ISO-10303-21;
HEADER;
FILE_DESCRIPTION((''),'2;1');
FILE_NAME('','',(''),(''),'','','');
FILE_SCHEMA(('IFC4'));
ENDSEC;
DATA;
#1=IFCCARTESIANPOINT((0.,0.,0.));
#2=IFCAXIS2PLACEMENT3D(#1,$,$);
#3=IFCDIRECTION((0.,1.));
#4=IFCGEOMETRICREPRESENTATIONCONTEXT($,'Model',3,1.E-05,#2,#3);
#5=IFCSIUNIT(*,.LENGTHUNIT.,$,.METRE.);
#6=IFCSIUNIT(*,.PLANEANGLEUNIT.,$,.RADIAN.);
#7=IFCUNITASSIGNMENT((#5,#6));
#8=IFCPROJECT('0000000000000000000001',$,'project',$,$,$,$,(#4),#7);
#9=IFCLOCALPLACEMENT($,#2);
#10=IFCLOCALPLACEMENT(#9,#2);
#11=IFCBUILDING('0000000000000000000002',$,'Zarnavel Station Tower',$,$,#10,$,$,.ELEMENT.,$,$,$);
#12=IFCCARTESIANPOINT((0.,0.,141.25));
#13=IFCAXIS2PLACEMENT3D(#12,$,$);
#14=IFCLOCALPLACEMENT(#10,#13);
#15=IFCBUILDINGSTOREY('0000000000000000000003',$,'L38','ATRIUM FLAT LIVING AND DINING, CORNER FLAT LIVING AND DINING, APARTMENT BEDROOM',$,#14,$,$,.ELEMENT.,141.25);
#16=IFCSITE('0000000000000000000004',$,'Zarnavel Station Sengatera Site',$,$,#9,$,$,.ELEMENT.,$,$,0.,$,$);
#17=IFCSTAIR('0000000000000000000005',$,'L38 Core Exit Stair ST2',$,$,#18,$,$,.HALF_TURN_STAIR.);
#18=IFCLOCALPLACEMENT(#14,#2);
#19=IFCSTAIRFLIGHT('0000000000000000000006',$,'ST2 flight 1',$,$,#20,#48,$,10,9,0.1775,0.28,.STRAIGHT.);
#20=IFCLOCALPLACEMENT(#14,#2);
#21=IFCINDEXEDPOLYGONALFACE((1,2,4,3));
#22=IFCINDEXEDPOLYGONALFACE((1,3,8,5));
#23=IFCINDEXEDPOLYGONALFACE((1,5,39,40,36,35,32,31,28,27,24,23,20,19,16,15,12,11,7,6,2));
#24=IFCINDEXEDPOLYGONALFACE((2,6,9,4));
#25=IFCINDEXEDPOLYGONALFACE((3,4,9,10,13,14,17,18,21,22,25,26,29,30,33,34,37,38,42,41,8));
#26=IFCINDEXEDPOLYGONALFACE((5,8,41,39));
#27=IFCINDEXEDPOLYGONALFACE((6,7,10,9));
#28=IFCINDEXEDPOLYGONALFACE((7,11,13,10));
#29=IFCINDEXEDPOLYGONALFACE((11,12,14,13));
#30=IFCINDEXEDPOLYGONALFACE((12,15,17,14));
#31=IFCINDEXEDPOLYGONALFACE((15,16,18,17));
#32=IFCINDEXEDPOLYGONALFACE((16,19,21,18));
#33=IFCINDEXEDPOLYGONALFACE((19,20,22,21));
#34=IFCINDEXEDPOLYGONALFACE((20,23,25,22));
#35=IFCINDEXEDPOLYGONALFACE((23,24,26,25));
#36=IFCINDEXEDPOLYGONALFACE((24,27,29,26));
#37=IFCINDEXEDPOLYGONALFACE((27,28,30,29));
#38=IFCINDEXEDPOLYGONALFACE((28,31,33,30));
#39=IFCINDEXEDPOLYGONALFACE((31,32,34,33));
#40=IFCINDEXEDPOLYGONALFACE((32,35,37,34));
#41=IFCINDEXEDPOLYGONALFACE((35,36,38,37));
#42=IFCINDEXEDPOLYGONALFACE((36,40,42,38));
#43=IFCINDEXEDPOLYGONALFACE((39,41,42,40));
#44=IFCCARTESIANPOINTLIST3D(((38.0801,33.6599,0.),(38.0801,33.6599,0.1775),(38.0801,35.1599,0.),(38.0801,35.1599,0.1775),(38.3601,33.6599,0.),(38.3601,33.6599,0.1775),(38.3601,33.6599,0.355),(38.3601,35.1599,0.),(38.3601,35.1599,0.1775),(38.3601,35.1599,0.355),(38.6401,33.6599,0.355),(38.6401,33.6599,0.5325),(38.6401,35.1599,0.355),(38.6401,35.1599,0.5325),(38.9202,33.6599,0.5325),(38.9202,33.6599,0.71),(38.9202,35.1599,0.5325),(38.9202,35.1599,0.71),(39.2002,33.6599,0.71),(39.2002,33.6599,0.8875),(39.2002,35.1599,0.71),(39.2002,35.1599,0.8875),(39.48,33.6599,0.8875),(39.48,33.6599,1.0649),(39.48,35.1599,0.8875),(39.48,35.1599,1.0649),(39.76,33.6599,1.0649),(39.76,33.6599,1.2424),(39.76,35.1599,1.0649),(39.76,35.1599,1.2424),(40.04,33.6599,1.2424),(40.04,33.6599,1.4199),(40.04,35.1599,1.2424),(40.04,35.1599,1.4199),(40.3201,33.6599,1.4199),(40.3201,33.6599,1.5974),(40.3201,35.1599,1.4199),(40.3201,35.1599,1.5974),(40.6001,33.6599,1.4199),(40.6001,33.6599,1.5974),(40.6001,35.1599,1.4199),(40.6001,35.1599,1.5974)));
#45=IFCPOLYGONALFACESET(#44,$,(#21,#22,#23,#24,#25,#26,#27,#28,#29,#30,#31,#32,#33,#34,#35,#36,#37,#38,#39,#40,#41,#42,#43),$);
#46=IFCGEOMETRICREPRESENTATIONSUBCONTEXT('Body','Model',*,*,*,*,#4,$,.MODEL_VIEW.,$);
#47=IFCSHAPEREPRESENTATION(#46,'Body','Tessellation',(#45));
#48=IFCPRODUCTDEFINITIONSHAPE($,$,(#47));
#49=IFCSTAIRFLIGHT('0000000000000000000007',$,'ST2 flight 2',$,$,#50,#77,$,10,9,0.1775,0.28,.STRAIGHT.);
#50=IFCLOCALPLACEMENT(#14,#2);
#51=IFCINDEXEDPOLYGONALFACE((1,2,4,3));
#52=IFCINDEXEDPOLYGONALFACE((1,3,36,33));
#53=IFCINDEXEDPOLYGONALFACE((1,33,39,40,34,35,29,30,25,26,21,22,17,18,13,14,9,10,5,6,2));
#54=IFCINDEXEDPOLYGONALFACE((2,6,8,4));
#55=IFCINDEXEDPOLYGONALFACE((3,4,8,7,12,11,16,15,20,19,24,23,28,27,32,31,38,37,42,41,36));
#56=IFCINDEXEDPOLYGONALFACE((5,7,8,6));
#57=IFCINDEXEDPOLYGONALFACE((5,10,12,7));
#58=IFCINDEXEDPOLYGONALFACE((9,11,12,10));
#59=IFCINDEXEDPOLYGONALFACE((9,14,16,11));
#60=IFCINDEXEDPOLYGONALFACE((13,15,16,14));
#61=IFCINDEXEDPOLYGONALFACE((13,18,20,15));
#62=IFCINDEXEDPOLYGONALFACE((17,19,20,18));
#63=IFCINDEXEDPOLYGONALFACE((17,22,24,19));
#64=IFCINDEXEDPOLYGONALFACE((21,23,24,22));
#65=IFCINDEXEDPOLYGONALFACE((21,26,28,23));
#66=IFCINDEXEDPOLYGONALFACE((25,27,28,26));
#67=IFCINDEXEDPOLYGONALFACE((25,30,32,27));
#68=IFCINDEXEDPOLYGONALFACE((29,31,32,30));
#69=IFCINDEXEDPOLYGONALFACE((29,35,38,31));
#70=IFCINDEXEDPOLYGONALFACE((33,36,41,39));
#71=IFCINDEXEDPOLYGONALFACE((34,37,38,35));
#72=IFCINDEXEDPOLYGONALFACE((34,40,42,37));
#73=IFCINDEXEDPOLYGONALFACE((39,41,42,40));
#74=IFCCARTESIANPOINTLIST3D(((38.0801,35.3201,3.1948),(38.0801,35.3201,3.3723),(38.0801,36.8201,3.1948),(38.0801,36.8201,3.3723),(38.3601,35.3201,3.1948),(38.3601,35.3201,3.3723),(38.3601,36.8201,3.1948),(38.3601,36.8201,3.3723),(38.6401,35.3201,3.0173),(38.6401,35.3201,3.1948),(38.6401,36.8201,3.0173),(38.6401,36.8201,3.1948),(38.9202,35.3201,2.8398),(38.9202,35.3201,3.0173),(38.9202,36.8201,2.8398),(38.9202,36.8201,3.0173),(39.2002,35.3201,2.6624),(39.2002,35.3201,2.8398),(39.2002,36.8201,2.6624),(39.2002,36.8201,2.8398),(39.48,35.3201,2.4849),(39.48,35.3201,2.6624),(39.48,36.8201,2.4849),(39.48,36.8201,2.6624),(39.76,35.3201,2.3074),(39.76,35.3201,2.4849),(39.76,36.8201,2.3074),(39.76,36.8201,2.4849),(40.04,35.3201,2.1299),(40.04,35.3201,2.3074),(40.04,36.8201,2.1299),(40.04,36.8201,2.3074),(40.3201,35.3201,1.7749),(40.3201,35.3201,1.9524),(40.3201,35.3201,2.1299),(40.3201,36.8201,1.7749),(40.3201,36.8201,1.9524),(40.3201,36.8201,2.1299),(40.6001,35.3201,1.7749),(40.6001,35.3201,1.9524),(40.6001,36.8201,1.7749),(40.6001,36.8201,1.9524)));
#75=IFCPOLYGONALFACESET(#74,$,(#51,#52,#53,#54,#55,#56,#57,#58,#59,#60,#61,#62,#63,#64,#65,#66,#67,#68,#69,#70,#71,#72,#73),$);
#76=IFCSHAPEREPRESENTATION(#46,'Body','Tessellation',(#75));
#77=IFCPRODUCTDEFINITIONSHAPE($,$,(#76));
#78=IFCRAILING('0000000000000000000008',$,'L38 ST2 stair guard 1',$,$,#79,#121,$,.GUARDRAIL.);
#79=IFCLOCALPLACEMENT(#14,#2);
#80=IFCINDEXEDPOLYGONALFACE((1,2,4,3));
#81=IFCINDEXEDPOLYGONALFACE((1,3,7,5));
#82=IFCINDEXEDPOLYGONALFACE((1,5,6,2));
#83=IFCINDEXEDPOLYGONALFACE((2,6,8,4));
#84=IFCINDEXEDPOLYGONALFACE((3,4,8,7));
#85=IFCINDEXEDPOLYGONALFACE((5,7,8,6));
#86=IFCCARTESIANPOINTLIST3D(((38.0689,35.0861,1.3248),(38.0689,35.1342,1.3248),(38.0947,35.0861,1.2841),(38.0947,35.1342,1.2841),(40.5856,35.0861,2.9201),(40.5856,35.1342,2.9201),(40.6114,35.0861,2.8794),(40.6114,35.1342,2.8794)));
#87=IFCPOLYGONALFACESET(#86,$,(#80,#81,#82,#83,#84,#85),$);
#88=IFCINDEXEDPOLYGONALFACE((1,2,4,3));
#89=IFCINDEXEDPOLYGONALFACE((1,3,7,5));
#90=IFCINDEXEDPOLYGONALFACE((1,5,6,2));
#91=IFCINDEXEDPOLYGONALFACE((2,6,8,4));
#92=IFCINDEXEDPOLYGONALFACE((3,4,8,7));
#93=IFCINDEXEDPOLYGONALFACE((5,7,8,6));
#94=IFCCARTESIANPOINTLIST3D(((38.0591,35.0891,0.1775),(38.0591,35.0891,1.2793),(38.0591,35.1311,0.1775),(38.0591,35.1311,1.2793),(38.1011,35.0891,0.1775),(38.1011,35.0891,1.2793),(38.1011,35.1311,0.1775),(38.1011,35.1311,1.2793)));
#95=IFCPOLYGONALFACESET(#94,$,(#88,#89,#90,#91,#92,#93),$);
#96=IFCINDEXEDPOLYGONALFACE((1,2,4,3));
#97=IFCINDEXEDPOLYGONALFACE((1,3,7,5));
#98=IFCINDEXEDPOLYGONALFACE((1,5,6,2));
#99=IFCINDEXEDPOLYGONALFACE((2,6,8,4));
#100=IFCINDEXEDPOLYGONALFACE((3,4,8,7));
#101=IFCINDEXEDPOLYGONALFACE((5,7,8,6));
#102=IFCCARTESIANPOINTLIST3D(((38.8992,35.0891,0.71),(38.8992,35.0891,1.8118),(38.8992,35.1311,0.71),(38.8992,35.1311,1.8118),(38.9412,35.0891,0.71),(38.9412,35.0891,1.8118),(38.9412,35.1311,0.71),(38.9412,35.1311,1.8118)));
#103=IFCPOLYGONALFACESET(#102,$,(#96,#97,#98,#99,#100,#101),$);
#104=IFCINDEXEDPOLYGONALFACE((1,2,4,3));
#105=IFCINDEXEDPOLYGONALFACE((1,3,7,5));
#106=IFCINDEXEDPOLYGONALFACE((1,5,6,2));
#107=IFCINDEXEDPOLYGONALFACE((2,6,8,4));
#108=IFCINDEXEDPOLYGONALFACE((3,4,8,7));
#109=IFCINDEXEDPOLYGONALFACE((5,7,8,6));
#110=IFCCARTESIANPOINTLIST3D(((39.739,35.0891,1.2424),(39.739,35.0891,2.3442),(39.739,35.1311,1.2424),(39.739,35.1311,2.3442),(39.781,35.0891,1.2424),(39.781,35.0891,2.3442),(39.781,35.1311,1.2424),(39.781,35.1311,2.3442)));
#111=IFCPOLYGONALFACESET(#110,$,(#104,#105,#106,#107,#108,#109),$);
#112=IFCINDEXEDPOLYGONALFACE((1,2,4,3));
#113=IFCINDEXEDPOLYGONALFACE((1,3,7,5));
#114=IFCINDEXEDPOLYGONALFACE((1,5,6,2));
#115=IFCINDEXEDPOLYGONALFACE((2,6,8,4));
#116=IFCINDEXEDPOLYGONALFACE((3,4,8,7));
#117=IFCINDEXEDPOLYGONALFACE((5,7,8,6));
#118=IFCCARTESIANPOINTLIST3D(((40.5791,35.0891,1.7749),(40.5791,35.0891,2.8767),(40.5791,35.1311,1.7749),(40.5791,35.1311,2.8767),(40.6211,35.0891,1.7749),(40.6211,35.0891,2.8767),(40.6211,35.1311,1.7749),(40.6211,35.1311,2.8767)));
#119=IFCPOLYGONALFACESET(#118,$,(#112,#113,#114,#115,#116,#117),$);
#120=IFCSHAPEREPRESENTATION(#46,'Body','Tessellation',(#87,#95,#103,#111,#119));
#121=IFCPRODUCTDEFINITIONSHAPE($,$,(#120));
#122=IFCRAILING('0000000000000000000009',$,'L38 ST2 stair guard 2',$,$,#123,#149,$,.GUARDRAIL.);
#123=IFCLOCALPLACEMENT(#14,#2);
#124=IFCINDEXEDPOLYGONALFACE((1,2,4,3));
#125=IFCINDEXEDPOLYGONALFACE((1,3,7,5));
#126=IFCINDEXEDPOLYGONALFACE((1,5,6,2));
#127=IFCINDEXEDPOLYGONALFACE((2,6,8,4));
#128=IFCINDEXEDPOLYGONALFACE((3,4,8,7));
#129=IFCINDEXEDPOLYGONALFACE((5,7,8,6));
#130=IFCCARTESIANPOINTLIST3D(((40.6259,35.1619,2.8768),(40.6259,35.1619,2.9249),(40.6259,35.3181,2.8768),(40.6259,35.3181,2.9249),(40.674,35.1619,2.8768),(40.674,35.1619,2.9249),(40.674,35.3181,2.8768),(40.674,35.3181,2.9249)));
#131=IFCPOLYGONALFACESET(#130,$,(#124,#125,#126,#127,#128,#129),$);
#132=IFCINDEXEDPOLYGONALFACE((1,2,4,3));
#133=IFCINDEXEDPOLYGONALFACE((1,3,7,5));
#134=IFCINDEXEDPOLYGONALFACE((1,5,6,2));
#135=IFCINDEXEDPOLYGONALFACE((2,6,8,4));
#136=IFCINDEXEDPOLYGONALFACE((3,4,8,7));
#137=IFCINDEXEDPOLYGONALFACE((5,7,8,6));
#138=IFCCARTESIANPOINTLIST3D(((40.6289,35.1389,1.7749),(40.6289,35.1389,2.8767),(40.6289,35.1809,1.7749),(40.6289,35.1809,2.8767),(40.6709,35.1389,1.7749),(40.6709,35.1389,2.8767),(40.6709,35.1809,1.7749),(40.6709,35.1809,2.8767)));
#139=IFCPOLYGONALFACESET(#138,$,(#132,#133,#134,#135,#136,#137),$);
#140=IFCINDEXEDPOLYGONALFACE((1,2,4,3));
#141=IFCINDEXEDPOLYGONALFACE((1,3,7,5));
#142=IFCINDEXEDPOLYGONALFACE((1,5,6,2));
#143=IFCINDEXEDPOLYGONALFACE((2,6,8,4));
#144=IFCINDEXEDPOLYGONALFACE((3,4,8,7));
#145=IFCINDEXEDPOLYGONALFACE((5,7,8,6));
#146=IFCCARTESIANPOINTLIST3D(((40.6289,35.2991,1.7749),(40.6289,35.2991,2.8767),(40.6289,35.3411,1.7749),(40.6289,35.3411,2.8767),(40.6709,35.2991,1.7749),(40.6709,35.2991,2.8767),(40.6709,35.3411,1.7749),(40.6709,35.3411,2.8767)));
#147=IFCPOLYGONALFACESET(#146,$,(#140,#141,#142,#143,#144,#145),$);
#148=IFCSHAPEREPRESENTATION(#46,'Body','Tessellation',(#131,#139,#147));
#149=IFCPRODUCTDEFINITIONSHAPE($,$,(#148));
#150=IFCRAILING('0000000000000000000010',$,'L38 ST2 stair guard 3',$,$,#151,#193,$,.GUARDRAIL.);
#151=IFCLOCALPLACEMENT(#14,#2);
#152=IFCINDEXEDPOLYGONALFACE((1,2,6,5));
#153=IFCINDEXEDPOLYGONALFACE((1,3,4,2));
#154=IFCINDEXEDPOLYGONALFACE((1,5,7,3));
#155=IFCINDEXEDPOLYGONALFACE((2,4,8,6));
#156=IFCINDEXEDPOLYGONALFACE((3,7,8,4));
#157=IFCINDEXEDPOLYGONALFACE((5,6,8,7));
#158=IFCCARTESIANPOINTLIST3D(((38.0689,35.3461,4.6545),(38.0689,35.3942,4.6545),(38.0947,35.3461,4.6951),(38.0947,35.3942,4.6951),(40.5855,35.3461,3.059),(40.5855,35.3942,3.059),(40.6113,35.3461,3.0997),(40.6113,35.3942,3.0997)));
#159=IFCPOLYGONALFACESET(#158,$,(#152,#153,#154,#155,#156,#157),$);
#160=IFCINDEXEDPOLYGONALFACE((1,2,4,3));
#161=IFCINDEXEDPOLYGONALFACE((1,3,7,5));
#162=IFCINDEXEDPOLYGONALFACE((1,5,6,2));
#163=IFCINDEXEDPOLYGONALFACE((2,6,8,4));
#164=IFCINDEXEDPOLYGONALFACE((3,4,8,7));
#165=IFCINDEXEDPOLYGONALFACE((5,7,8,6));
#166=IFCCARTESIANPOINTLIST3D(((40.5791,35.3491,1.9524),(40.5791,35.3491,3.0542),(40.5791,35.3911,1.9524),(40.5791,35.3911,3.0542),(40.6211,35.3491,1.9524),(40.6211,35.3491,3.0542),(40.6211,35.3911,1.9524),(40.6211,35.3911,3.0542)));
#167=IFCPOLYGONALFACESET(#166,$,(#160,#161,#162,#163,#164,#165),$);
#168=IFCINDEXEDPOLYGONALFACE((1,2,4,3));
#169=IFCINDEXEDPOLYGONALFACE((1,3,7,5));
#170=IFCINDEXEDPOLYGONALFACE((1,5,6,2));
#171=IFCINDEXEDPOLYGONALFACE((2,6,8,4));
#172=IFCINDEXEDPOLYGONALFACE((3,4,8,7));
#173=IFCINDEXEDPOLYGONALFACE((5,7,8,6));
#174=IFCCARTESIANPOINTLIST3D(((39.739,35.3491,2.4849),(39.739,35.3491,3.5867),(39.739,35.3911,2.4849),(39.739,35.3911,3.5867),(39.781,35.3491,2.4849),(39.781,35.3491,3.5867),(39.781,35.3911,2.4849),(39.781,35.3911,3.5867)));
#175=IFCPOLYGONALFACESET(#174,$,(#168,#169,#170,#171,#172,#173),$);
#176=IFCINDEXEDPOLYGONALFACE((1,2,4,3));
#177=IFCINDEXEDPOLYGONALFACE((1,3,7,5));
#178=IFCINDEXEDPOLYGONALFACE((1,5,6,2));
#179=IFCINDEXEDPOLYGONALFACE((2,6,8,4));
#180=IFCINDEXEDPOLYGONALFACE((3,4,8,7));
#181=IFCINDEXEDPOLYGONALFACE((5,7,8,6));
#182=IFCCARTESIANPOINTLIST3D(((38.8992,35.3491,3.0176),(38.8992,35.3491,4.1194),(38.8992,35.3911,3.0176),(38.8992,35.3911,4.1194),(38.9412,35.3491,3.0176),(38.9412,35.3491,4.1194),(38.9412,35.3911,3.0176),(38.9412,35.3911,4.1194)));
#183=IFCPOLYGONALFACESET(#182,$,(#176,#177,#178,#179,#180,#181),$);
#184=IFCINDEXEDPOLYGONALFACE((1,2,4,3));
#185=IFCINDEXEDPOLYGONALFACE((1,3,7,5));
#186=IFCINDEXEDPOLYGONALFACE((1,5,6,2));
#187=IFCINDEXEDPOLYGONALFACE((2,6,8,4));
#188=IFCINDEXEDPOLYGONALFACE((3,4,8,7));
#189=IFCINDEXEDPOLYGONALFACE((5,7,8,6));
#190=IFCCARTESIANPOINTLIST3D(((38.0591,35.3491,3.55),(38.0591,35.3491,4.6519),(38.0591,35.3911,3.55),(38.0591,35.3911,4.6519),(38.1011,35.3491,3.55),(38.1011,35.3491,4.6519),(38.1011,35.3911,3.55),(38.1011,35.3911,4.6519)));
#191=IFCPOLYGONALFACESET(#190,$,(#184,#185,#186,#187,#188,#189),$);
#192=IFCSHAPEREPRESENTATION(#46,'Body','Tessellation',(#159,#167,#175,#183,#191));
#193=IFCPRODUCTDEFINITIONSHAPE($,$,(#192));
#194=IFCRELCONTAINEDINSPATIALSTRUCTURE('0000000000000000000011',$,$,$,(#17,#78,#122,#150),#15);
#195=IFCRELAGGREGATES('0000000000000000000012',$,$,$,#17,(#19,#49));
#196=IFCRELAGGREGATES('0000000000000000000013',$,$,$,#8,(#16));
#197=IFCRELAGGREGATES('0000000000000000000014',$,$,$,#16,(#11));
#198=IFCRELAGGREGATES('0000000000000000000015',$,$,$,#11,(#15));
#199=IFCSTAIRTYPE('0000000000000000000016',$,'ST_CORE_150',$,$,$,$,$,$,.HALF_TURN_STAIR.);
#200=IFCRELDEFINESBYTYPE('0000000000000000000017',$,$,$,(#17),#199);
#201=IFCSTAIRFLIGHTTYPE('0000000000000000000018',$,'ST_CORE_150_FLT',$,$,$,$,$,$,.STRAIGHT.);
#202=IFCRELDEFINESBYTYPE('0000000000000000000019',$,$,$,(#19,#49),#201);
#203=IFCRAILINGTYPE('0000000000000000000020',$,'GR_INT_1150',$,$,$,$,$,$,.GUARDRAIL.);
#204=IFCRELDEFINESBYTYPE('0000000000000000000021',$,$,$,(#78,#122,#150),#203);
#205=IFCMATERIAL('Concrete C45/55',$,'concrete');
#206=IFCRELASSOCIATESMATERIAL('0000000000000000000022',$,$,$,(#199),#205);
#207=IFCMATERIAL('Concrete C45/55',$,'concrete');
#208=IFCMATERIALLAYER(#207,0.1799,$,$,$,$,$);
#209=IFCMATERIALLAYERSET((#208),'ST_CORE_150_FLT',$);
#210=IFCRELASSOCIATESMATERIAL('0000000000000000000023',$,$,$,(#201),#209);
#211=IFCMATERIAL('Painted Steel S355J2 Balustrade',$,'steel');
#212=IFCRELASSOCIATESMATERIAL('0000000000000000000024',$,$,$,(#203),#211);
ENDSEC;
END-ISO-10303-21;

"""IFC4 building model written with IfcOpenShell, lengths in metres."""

from ifc_helpers import new_model, si_unit, direction, frame, origin, origin_2d, place, context, subcontext, project, spatial, polyline, rectangle, outline, extrude, material, layer, layer_set, type_object, element, aggregate, save


model = new_model("IFC4")

# Units and contexts
model_context = context("Model", 3, precision=1e-05, world=origin(), true_north=direction((0.0, 1.0)))
body_context = subcontext(model_context, "Body", "Model", "MODEL_VIEW")
ifc_project = project(units=[si_unit("LENGTHUNIT", "METRE"), si_unit("PLANEANGLEUNIT", "RADIAN")], contexts=[model_context])

# Site, building, storey
site_placement = place(None, origin())
site = spatial("IfcSite", under=ifc_project, at=site_placement, Name="Zarnavel Station Sengatera Site", CompositionType="ELEMENT", RefElevation=0.0)
building_placement = place(site_placement, origin())
building = spatial("IfcBuilding", under=site, at=building_placement, Name="Zarnavel Station Tower", CompositionType="ELEMENT")
storey_placement = place(building_placement, frame((0.0, 0.0, 141.25)))
storey = spatial("IfcBuildingStorey", under=building, at=storey_placement, Name="L38", Description="ATRIUM FLAT LIVING AND DINING, CORNER FLAT LIVING AND DINING, APARTMENT BEDROOM", CompositionType="ELEMENT", Elevation=141.25)

# Stair, stair flights
ifc_material_1 = material(Name="Concrete C45/55", Category="concrete")
stair_type = type_object("IfcStairType", Name="ST_CORE_150", PredefinedType="HALF_TURN_STAIR", material=ifc_material_1)
stair_placement = place(storey_placement, origin())
stair = element("IfcStair", 1, at=stair_placement, inside=storey, type_object=stair_type, Name="L38 Core Exit Stair ST2", PredefinedType="HALF_TURN_STAIR")
ifc_material_2 = material(Name="Concrete C45/55", Category="concrete")
ifc_layer_1 = layer(ifc_material_2, 0.1799)
ifc_layer_set_1 = layer_set([ifc_layer_1], Name="ST_CORE_150_FLT")
stair_flight_type = type_object("IfcStairFlightType", Name="ST_CORE_150_FLT", PredefinedType="STRAIGHT", material=ifc_layer_set_1)
stair_flight_1_placement = place(storey_placement, frame((38.0801, 34.4099, 0.0), z_axis=(0.0, 0.0, 1.0), x_axis=(1.0, 0.0, 0.0)))
stair_flight_1 = element("IfcStairFlight", 2, at=stair_flight_1_placement, type_object=stair_flight_type, Name="ST2 flight 1", NumberOfRisers=10, NumberOfTreads=9, PredefinedType="STRAIGHT", RiserHeight=0.1775, TreadLength=0.28, context=body_context, shape_type="SweptSolid", body=[
    extrude(outline(polyline([(0.0, 0.0), (0.0, 0.1775), (0.28, 0.1775), (0.28, 0.355), (0.5601, 0.355), (0.5601, 0.5325), (0.8401, 0.5325), (0.8401, 0.71), (1.1201, 0.71), (1.1201, 0.8875), (1.3999, 0.8875), (1.3999, 1.0649), (1.6799, 1.0649), (1.6799, 1.2424), (1.96, 1.2424), (1.96, 1.4199), (2.24, 1.4199), (2.24, 1.5974), (2.52, 1.5974), (2.52, 1.7749), (2.52, 1.4199), (0.28, 0.0), (0.0, 0.0)])), frame((0.0, 0.75, 0.0), z_axis=(0.0, -1.0, 0.0), x_axis=(1.0, 0.0, 0.0)), (0.0, 0.0, 1.0), 1.5),
])
stair_flight_2_placement = place(storey_placement, frame((40.6001, 36.0701, 1.7749), z_axis=(0.0, 0.0, 1.0), x_axis=(-1.0, 0.0, 0.0)))
stair_flight_2 = element("IfcStairFlight", 3, at=stair_flight_2_placement, type_object=stair_flight_type, Name="ST2 flight 2", NumberOfRisers=10, NumberOfTreads=9, PredefinedType="STRAIGHT", RiserHeight=0.1775, TreadLength=0.28, context=body_context, shape_type="SweptSolid", body=[
    extrude(outline(polyline([(0.0, 0.0), (0.0, 0.1775), (0.28, 0.1775), (0.28, 0.355), (0.5601, 0.355), (0.5601, 0.5325), (0.8401, 0.5325), (0.8401, 0.71), (1.1201, 0.71), (1.1201, 0.8875), (1.3999, 0.8875), (1.3999, 1.0649), (1.6799, 1.0649), (1.6799, 1.2424), (1.96, 1.2424), (1.96, 1.4199), (2.24, 1.4199), (2.24, 1.5974), (2.52, 1.5974), (2.52, 1.7749), (2.52, 1.4199), (0.28, 0.0), (0.0, 0.0)])), frame((0.0, 0.75, 0.0), z_axis=(0.0, -1.0, 0.0), x_axis=(1.0, 0.0, 0.0)), (0.0, 0.0, 1.0), 1.5),
])
aggregate(stair, [stair_flight_1, stair_flight_2])

# Railings
ifc_material_3 = material(Name="Painted Steel S355J2 Balustrade", Category="steel")
railing_type_1 = type_object("IfcRailingType", Name="GR_INT_1150", PredefinedType="GUARDRAIL", material=ifc_material_3)
railing_1_placement = place(storey_placement, frame((38.0801, 35.1101, 0.1775)))
element("IfcRailing", 4, at=railing_1_placement, inside=storey, type_object=railing_type_1, Name="L38 ST2 stair guard 1", PredefinedType="GUARDRAIL", context=body_context, shape_type="SweptSolid", body=[
    extrude(rectangle(XDim=0.0481, YDim=0.0481, at=origin_2d()), frame((0.0017, 0.0, 1.127), z_axis=(0.844607, 0.0, 0.535387), x_axis=(0.0, 1.0, 0.0)), (0.0, 0.0, 1.0), 2.9797),
    extrude(rectangle(XDim=0.042, YDim=0.042, at=origin_2d()), origin(), (0.0, 0.0, 1.0), 1.1018),
    extrude(rectangle(XDim=0.042, YDim=0.042, at=origin_2d()), frame((0.8401, 0.0, 0.5325)), (0.0, 0.0, 1.0), 1.1018),
    extrude(rectangle(XDim=0.042, YDim=0.042, at=origin_2d()), frame((1.6799, 0.0, 1.0649)), (0.0, 0.0, 1.0), 1.1018),
    extrude(rectangle(XDim=0.042, YDim=0.042, at=origin_2d()), frame((2.52, 0.0, 1.5974)), (0.0, 0.0, 1.0), 1.1018),
])
railing_2_placement = place(storey_placement, frame((40.6499, 35.1599, 1.7749)))
element("IfcRailing", 5, at=railing_2_placement, inside=storey, type_object=railing_type_1, Name="L38 ST2 stair guard 2", PredefinedType="GUARDRAIL", context=body_context, shape_type="SweptSolid", body=[
    extrude(rectangle(XDim=0.0481, YDim=0.0481, at=origin_2d()), frame((0.0, 0.002, 1.126), z_axis=(0.0, 1.0, 0.0), x_axis=(-1.0, 0.0, 0.0)), (0.0, 0.0, 1.0), 0.1562),
    extrude(rectangle(XDim=0.042, YDim=0.042, at=origin_2d()), origin(), (0.0, 0.0, 1.0), 1.1018),
    extrude(rectangle(XDim=0.042, YDim=0.042, at=origin_2d()), frame((0.0, 0.1602, 0.0)), (0.0, 0.0, 1.0), 1.1018),
])
railing_3_placement = place(storey_placement, frame((40.6001, 35.3701, 1.9524)))
element("IfcRailing", 6, at=railing_3_placement, inside=storey, type_object=railing_type_1, Name="L38 ST2 stair guard 3", PredefinedType="GUARDRAIL", context=body_context, shape_type="SweptSolid", body=[
    extrude(rectangle(XDim=0.0481, YDim=0.0481, at=origin_2d()), frame((-0.0017, 0.0, 1.127), z_axis=(-0.84457, 0.0, 0.535445), x_axis=(0.0, -1.0, 0.0)), (0.0, 0.0, 1.0), 2.9797),
    extrude(rectangle(XDim=0.042, YDim=0.042, at=origin_2d()), origin(), (0.0, 0.0, 1.0), 1.1018),
    extrude(rectangle(XDim=0.042, YDim=0.042, at=origin_2d()), frame((-0.8401, 0.0, 0.5325)), (0.0, 0.0, 1.0), 1.1018),
    extrude(rectangle(XDim=0.042, YDim=0.042, at=origin_2d()), frame((-1.6799, 0.0, 1.0652)), (0.0, 0.0, 1.0), 1.1018),
    extrude(rectangle(XDim=0.042, YDim=0.042, at=origin_2d()), frame((-2.52, 0.0, 1.5977)), (0.0, 0.0, 1.0), 1.1018),
])

save(model, "model.ifc")
